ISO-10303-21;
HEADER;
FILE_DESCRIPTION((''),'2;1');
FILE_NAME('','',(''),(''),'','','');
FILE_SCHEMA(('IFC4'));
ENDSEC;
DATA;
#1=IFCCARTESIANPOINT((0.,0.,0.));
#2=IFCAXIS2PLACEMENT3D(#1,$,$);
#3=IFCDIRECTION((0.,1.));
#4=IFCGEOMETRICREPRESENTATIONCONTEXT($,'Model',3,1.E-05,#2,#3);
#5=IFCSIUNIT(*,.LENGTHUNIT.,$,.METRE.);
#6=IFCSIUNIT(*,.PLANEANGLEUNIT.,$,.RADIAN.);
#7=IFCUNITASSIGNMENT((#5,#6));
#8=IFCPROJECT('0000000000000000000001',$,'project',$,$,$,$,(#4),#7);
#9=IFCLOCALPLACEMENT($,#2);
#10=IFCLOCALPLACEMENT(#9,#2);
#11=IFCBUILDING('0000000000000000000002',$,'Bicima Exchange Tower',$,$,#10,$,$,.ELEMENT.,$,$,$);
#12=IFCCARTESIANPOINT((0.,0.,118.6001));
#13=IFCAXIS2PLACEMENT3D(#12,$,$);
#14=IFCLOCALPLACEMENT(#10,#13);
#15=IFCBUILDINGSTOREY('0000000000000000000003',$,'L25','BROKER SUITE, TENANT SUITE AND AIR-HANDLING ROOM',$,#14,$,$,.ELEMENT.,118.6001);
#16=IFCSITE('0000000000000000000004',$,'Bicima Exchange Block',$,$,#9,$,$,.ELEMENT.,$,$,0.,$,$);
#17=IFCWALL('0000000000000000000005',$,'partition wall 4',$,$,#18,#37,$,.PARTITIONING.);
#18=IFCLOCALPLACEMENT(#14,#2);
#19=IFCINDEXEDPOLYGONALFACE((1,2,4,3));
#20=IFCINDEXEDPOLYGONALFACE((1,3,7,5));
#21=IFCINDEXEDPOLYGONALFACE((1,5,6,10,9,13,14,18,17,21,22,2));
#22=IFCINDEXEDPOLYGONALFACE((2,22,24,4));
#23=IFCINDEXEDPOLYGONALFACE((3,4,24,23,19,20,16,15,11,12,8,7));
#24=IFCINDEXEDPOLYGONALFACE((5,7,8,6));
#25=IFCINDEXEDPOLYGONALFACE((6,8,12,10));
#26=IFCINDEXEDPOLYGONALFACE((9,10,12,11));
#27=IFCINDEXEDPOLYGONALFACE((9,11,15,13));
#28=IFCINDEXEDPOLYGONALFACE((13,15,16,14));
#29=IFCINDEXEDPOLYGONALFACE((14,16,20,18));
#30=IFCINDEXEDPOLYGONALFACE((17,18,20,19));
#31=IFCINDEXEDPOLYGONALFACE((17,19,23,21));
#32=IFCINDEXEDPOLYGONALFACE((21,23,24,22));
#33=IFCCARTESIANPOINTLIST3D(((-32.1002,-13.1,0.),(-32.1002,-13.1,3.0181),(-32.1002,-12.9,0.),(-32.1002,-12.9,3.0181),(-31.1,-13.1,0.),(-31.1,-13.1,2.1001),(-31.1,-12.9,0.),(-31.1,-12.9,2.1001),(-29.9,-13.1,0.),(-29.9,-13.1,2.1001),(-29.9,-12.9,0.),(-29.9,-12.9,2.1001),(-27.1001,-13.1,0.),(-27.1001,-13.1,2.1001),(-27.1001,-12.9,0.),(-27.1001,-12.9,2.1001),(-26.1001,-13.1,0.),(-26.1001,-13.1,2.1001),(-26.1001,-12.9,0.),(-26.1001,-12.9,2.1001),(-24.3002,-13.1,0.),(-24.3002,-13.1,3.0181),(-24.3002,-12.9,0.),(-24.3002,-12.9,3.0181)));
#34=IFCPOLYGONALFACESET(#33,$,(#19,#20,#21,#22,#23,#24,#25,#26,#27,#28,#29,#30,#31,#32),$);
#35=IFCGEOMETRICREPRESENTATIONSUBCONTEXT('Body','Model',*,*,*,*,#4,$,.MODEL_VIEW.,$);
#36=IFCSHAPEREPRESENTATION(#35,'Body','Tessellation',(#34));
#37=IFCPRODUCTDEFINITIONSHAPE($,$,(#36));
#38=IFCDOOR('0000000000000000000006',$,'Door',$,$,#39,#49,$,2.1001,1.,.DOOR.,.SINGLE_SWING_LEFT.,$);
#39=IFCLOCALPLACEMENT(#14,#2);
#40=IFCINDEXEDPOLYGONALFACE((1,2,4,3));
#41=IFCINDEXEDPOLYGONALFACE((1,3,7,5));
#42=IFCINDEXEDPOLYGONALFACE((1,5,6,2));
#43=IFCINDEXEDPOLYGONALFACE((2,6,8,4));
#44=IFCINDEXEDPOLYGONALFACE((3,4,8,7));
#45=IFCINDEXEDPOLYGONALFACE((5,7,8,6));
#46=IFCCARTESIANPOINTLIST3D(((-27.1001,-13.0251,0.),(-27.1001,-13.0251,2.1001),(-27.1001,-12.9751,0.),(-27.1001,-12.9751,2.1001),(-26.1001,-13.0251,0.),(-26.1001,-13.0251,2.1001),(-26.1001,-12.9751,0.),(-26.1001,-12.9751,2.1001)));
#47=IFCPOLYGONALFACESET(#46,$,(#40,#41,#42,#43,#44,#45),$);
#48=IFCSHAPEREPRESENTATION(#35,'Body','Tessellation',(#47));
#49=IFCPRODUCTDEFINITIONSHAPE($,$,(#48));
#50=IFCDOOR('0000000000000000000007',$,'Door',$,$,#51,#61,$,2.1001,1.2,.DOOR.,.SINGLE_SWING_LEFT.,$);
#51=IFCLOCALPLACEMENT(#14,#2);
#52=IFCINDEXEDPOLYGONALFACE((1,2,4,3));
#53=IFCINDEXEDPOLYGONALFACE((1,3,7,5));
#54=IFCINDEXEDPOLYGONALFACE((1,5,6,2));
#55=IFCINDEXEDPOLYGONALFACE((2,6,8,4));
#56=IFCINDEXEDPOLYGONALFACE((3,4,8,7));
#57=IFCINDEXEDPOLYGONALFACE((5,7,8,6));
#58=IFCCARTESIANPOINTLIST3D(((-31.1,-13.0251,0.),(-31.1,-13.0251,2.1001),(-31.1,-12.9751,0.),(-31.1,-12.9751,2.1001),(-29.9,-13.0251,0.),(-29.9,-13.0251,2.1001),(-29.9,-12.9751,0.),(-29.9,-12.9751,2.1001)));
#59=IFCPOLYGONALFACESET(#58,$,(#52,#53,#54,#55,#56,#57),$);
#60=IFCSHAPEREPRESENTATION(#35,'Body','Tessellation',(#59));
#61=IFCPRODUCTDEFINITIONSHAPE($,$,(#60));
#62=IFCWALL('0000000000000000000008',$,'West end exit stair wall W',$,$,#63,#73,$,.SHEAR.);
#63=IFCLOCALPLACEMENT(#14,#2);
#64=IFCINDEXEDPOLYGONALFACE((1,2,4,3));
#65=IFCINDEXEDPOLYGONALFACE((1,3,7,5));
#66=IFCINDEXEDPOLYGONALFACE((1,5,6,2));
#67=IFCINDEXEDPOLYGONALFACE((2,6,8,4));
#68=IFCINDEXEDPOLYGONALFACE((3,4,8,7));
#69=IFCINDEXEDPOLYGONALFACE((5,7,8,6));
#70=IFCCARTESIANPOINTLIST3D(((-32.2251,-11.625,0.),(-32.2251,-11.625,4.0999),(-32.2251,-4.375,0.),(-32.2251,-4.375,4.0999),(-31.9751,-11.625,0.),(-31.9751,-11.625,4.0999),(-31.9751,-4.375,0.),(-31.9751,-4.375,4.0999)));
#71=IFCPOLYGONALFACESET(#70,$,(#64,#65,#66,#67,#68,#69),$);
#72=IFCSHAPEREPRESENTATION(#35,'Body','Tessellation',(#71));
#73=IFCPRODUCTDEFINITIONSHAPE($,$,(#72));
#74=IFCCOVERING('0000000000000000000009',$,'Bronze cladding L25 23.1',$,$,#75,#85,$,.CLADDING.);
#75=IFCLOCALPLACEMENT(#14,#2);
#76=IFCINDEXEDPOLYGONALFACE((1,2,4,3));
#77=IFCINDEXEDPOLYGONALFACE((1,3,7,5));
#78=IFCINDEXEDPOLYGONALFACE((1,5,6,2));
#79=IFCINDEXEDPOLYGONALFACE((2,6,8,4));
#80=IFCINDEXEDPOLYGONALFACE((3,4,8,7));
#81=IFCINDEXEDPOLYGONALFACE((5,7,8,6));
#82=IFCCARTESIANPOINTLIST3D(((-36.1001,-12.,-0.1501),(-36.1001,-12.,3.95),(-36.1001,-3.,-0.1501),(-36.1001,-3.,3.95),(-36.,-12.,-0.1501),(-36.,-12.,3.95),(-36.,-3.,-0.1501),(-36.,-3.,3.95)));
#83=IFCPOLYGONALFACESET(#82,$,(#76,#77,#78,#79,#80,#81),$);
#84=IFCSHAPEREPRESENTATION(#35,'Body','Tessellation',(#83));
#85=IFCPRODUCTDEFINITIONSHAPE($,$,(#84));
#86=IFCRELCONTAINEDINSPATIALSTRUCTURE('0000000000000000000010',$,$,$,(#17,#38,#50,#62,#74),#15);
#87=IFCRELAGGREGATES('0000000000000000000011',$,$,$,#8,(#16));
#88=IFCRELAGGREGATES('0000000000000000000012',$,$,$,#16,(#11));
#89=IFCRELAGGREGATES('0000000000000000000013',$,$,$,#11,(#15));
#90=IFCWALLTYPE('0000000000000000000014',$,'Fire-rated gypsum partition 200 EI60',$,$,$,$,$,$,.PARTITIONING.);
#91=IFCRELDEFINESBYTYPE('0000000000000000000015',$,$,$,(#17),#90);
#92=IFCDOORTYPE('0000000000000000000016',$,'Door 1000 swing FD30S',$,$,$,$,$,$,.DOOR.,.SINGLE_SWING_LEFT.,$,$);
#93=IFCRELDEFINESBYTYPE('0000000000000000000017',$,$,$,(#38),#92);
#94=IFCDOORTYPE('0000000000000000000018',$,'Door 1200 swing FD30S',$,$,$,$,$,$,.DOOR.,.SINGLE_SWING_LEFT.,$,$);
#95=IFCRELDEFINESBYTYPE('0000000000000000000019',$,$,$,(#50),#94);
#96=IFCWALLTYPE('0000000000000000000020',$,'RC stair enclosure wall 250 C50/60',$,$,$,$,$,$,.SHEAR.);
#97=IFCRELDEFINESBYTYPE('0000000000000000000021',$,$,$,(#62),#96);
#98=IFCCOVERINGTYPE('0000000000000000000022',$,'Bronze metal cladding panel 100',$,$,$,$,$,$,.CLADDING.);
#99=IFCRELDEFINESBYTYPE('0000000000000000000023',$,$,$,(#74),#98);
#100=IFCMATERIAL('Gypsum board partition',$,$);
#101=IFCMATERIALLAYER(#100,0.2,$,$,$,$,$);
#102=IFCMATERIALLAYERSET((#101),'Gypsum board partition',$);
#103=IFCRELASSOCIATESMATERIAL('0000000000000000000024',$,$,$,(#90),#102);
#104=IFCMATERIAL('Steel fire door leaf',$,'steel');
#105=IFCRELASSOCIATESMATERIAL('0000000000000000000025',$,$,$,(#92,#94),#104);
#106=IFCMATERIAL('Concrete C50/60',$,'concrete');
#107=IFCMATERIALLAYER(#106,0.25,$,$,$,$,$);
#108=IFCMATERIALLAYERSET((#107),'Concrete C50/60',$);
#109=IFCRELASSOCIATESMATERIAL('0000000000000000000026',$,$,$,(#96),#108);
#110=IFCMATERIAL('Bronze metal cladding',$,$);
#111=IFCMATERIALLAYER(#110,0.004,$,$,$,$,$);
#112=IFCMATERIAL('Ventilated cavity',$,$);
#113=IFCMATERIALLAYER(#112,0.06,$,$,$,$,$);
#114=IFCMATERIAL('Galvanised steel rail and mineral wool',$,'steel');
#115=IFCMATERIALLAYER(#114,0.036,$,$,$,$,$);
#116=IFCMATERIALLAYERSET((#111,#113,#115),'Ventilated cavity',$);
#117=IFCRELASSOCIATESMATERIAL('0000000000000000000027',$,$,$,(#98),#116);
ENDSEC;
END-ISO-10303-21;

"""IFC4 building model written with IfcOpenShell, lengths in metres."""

from ifc_helpers import new_model, si_unit, direction, frame, frame_2d, origin, origin_2d, place, context, subcontext, project, spatial, rectangle, extrude, material, layer, layer_set, type_object, element, fill, save


model = new_model("IFC4")

# Units and contexts
model_context = context("Model", 3, precision=1e-05, world=origin(), true_north=direction((0.0, 1.0)))
body_context = subcontext(model_context, "Body", "Model", "MODEL_VIEW")
ifc_project = project(units=[si_unit("LENGTHUNIT", "METRE"), si_unit("PLANEANGLEUNIT", "RADIAN")], contexts=[model_context])

# Site, building, storey
site_placement = place(None, origin())
site = spatial("IfcSite", under=ifc_project, at=site_placement, Name="Bicima Exchange Block", CompositionType="ELEMENT", RefElevation=0.0)
building_placement = place(site_placement, origin())
building = spatial("IfcBuilding", under=site, at=building_placement, Name="Bicima Exchange Tower", CompositionType="ELEMENT")
storey_placement = place(building_placement, frame((0.0, 0.0, 118.6001)))
storey = spatial("IfcBuildingStorey", under=building, at=storey_placement, Name="L25", Description="BROKER SUITE, TENANT SUITE AND AIR-HANDLING ROOM", CompositionType="ELEMENT", Elevation=118.6001)

# Wall, openings, doors
ifc_material_1 = material(Name="Gypsum board partition")
ifc_layer_1 = layer(ifc_material_1, 0.2)
ifc_layer_set_1 = layer_set([ifc_layer_1], Name="Gypsum board partition")
wall_type_1 = type_object("IfcWallType", Name="Fire-rated gypsum partition 200 EI60", PredefinedType="PARTITIONING", material=ifc_layer_set_1)
ifc_material_2 = material(Name="Steel fire door leaf", Category="steel")
door_type_1 = type_object("IfcDoorType", Name="Door 1000 swing FD30S", OperationType="SINGLE_SWING_LEFT", PredefinedType="DOOR", material=ifc_material_2)
wall_1_placement = place(storey_placement, frame((-32.1001, -13.0, 0.0), z_axis=(0.0, 0.0, 1.0), x_axis=(1.0, 0.0, 0.0)))
wall_1 = element("IfcWall", 1, at=wall_1_placement, inside=storey, type_object=wall_type_1, Name="partition wall 4", PredefinedType="PARTITIONING", context=body_context, shape_type="SweptSolid", body=[
    extrude(rectangle(XDim=7.8, YDim=0.2, at=frame_2d((3.8999, 0.0))), origin(), (0.0, 0.0, 1.0), 3.0181),
])
opening_1_placement = place(wall_1_placement, frame((1.0, 0.0, 0.0)))
opening_1 = element("IfcOpeningElement", 2, at=opening_1_placement, cuts=wall_1, PredefinedType="OPENING", context=body_context, shape_type="SweptSolid", body=[
    extrude(rectangle(XDim=1.2, YDim=2.1001, at=frame_2d((0.6001, 1.05))), frame((0.0, 0.1118, 0.0), z_axis=(0.0, -1.0, 0.0), x_axis=(1.0, 0.0, 0.0)), (0.0, 0.0, 1.0), 0.2239),
])
opening_2_placement = place(wall_1_placement, frame((5.0, 0.0, 0.0)))
opening_2 = element("IfcOpeningElement", 3, at=opening_2_placement, cuts=wall_1, PredefinedType="OPENING", context=body_context, shape_type="SweptSolid", body=[
    extrude(rectangle(XDim=1.0, YDim=2.1001, at=frame_2d((0.5, 1.05))), frame((0.0, 0.1118, 0.0), z_axis=(0.0, -1.0, 0.0), x_axis=(1.0, 0.0, 0.0)), (0.0, 0.0, 1.0), 0.2239),
])
door_1_placement = place(opening_2_placement, origin())
door_1 = element("IfcDoor", 4, at=door_1_placement, inside=storey, type_object=door_type_1, Name="Door", OperationType="SINGLE_SWING_LEFT", OverallHeight=2.1001, OverallWidth=1.0, PredefinedType="DOOR", context=body_context, shape_type="SweptSolid", body=[
    extrude(rectangle(XDim=1.0, YDim=2.1001, at=frame_2d((0.5, 1.05))), frame((0.0, 0.0249, 0.0), z_axis=(0.0, -1.0, 0.0), x_axis=(1.0, 0.0, 0.0)), (0.0, 0.0, 1.0), 0.05),
])
fill(opening_2, door_1)
door_type_2 = type_object("IfcDoorType", Name="Door 1200 swing FD30S", OperationType="SINGLE_SWING_LEFT", PredefinedType="DOOR", material=ifc_material_2)
door_2_placement = place(opening_1_placement, origin())
door_2 = element("IfcDoor", 5, at=door_2_placement, inside=storey, type_object=door_type_2, Name="Door", OperationType="SINGLE_SWING_LEFT", OverallHeight=2.1001, OverallWidth=1.2, PredefinedType="DOOR", context=body_context, shape_type="SweptSolid", body=[
    extrude(rectangle(XDim=1.2, YDim=2.1001, at=frame_2d((0.6001, 1.05))), frame((0.0, 0.0249, 0.0), z_axis=(0.0, -1.0, 0.0), x_axis=(1.0, 0.0, 0.0)), (0.0, 0.0, 1.0), 0.05),
])
fill(opening_1, door_2)

# Wall
ifc_material_3 = material(Name="Concrete C50/60", Category="concrete")
ifc_layer_2 = layer(ifc_material_3, 0.25)
ifc_layer_set_2 = layer_set([ifc_layer_2], Name="Concrete C50/60")
wall_type_2 = type_object("IfcWallType", Name="RC stair enclosure wall 250 C50/60", PredefinedType="SHEAR", material=ifc_layer_set_2)
wall_2_placement = place(storey_placement, frame((-32.1001, -11.625, 0.0), z_axis=(0.0, 0.0, 1.0), x_axis=(0.0, 1.0, 0.0)))
element("IfcWall", 6, at=wall_2_placement, inside=storey, type_object=wall_type_2, Name="West end exit stair wall W", PredefinedType="SHEAR", context=body_context, shape_type="SweptSolid", body=[
    extrude(rectangle(XDim=7.25, YDim=0.25, at=frame_2d((3.625, 0.0))), origin(), (0.0, 0.0, 1.0), 4.0999),
])

# Covering
ifc_material_4 = material(Name="Bronze metal cladding")
ifc_layer_3 = layer(ifc_material_4, 0.004)
ifc_material_5 = material(Name="Ventilated cavity")
ifc_layer_4 = layer(ifc_material_5, 0.06)
ifc_material_6 = material(Name="Galvanised steel rail and mineral wool", Category="steel")
ifc_layer_5 = layer(ifc_material_6, 0.036)
ifc_layer_set_3 = layer_set([ifc_layer_3, ifc_layer_4, ifc_layer_5], Name="Ventilated cavity")
covering_type = type_object("IfcCoveringType", Name="Bronze metal cladding panel 100", PredefinedType="CLADDING", material=ifc_layer_set_3)
covering_placement = place(storey_placement, frame((-36.05, -7.5, -0.1501), z_axis=(0.0, 0.0, 1.0), x_axis=(0.0, -1.0, 0.0)))
element("IfcCovering", 7, at=covering_placement, inside=storey, type_object=covering_type, Name="Bronze cladding L25 23.1", PredefinedType="CLADDING", context=body_context, shape_type="SweptSolid", body=[
    extrude(rectangle(XDim=9.0, YDim=0.1001, at=origin_2d()), origin(), (0.0, 0.0, 1.0), 4.1001),
])

save(model, "model.ifc")
